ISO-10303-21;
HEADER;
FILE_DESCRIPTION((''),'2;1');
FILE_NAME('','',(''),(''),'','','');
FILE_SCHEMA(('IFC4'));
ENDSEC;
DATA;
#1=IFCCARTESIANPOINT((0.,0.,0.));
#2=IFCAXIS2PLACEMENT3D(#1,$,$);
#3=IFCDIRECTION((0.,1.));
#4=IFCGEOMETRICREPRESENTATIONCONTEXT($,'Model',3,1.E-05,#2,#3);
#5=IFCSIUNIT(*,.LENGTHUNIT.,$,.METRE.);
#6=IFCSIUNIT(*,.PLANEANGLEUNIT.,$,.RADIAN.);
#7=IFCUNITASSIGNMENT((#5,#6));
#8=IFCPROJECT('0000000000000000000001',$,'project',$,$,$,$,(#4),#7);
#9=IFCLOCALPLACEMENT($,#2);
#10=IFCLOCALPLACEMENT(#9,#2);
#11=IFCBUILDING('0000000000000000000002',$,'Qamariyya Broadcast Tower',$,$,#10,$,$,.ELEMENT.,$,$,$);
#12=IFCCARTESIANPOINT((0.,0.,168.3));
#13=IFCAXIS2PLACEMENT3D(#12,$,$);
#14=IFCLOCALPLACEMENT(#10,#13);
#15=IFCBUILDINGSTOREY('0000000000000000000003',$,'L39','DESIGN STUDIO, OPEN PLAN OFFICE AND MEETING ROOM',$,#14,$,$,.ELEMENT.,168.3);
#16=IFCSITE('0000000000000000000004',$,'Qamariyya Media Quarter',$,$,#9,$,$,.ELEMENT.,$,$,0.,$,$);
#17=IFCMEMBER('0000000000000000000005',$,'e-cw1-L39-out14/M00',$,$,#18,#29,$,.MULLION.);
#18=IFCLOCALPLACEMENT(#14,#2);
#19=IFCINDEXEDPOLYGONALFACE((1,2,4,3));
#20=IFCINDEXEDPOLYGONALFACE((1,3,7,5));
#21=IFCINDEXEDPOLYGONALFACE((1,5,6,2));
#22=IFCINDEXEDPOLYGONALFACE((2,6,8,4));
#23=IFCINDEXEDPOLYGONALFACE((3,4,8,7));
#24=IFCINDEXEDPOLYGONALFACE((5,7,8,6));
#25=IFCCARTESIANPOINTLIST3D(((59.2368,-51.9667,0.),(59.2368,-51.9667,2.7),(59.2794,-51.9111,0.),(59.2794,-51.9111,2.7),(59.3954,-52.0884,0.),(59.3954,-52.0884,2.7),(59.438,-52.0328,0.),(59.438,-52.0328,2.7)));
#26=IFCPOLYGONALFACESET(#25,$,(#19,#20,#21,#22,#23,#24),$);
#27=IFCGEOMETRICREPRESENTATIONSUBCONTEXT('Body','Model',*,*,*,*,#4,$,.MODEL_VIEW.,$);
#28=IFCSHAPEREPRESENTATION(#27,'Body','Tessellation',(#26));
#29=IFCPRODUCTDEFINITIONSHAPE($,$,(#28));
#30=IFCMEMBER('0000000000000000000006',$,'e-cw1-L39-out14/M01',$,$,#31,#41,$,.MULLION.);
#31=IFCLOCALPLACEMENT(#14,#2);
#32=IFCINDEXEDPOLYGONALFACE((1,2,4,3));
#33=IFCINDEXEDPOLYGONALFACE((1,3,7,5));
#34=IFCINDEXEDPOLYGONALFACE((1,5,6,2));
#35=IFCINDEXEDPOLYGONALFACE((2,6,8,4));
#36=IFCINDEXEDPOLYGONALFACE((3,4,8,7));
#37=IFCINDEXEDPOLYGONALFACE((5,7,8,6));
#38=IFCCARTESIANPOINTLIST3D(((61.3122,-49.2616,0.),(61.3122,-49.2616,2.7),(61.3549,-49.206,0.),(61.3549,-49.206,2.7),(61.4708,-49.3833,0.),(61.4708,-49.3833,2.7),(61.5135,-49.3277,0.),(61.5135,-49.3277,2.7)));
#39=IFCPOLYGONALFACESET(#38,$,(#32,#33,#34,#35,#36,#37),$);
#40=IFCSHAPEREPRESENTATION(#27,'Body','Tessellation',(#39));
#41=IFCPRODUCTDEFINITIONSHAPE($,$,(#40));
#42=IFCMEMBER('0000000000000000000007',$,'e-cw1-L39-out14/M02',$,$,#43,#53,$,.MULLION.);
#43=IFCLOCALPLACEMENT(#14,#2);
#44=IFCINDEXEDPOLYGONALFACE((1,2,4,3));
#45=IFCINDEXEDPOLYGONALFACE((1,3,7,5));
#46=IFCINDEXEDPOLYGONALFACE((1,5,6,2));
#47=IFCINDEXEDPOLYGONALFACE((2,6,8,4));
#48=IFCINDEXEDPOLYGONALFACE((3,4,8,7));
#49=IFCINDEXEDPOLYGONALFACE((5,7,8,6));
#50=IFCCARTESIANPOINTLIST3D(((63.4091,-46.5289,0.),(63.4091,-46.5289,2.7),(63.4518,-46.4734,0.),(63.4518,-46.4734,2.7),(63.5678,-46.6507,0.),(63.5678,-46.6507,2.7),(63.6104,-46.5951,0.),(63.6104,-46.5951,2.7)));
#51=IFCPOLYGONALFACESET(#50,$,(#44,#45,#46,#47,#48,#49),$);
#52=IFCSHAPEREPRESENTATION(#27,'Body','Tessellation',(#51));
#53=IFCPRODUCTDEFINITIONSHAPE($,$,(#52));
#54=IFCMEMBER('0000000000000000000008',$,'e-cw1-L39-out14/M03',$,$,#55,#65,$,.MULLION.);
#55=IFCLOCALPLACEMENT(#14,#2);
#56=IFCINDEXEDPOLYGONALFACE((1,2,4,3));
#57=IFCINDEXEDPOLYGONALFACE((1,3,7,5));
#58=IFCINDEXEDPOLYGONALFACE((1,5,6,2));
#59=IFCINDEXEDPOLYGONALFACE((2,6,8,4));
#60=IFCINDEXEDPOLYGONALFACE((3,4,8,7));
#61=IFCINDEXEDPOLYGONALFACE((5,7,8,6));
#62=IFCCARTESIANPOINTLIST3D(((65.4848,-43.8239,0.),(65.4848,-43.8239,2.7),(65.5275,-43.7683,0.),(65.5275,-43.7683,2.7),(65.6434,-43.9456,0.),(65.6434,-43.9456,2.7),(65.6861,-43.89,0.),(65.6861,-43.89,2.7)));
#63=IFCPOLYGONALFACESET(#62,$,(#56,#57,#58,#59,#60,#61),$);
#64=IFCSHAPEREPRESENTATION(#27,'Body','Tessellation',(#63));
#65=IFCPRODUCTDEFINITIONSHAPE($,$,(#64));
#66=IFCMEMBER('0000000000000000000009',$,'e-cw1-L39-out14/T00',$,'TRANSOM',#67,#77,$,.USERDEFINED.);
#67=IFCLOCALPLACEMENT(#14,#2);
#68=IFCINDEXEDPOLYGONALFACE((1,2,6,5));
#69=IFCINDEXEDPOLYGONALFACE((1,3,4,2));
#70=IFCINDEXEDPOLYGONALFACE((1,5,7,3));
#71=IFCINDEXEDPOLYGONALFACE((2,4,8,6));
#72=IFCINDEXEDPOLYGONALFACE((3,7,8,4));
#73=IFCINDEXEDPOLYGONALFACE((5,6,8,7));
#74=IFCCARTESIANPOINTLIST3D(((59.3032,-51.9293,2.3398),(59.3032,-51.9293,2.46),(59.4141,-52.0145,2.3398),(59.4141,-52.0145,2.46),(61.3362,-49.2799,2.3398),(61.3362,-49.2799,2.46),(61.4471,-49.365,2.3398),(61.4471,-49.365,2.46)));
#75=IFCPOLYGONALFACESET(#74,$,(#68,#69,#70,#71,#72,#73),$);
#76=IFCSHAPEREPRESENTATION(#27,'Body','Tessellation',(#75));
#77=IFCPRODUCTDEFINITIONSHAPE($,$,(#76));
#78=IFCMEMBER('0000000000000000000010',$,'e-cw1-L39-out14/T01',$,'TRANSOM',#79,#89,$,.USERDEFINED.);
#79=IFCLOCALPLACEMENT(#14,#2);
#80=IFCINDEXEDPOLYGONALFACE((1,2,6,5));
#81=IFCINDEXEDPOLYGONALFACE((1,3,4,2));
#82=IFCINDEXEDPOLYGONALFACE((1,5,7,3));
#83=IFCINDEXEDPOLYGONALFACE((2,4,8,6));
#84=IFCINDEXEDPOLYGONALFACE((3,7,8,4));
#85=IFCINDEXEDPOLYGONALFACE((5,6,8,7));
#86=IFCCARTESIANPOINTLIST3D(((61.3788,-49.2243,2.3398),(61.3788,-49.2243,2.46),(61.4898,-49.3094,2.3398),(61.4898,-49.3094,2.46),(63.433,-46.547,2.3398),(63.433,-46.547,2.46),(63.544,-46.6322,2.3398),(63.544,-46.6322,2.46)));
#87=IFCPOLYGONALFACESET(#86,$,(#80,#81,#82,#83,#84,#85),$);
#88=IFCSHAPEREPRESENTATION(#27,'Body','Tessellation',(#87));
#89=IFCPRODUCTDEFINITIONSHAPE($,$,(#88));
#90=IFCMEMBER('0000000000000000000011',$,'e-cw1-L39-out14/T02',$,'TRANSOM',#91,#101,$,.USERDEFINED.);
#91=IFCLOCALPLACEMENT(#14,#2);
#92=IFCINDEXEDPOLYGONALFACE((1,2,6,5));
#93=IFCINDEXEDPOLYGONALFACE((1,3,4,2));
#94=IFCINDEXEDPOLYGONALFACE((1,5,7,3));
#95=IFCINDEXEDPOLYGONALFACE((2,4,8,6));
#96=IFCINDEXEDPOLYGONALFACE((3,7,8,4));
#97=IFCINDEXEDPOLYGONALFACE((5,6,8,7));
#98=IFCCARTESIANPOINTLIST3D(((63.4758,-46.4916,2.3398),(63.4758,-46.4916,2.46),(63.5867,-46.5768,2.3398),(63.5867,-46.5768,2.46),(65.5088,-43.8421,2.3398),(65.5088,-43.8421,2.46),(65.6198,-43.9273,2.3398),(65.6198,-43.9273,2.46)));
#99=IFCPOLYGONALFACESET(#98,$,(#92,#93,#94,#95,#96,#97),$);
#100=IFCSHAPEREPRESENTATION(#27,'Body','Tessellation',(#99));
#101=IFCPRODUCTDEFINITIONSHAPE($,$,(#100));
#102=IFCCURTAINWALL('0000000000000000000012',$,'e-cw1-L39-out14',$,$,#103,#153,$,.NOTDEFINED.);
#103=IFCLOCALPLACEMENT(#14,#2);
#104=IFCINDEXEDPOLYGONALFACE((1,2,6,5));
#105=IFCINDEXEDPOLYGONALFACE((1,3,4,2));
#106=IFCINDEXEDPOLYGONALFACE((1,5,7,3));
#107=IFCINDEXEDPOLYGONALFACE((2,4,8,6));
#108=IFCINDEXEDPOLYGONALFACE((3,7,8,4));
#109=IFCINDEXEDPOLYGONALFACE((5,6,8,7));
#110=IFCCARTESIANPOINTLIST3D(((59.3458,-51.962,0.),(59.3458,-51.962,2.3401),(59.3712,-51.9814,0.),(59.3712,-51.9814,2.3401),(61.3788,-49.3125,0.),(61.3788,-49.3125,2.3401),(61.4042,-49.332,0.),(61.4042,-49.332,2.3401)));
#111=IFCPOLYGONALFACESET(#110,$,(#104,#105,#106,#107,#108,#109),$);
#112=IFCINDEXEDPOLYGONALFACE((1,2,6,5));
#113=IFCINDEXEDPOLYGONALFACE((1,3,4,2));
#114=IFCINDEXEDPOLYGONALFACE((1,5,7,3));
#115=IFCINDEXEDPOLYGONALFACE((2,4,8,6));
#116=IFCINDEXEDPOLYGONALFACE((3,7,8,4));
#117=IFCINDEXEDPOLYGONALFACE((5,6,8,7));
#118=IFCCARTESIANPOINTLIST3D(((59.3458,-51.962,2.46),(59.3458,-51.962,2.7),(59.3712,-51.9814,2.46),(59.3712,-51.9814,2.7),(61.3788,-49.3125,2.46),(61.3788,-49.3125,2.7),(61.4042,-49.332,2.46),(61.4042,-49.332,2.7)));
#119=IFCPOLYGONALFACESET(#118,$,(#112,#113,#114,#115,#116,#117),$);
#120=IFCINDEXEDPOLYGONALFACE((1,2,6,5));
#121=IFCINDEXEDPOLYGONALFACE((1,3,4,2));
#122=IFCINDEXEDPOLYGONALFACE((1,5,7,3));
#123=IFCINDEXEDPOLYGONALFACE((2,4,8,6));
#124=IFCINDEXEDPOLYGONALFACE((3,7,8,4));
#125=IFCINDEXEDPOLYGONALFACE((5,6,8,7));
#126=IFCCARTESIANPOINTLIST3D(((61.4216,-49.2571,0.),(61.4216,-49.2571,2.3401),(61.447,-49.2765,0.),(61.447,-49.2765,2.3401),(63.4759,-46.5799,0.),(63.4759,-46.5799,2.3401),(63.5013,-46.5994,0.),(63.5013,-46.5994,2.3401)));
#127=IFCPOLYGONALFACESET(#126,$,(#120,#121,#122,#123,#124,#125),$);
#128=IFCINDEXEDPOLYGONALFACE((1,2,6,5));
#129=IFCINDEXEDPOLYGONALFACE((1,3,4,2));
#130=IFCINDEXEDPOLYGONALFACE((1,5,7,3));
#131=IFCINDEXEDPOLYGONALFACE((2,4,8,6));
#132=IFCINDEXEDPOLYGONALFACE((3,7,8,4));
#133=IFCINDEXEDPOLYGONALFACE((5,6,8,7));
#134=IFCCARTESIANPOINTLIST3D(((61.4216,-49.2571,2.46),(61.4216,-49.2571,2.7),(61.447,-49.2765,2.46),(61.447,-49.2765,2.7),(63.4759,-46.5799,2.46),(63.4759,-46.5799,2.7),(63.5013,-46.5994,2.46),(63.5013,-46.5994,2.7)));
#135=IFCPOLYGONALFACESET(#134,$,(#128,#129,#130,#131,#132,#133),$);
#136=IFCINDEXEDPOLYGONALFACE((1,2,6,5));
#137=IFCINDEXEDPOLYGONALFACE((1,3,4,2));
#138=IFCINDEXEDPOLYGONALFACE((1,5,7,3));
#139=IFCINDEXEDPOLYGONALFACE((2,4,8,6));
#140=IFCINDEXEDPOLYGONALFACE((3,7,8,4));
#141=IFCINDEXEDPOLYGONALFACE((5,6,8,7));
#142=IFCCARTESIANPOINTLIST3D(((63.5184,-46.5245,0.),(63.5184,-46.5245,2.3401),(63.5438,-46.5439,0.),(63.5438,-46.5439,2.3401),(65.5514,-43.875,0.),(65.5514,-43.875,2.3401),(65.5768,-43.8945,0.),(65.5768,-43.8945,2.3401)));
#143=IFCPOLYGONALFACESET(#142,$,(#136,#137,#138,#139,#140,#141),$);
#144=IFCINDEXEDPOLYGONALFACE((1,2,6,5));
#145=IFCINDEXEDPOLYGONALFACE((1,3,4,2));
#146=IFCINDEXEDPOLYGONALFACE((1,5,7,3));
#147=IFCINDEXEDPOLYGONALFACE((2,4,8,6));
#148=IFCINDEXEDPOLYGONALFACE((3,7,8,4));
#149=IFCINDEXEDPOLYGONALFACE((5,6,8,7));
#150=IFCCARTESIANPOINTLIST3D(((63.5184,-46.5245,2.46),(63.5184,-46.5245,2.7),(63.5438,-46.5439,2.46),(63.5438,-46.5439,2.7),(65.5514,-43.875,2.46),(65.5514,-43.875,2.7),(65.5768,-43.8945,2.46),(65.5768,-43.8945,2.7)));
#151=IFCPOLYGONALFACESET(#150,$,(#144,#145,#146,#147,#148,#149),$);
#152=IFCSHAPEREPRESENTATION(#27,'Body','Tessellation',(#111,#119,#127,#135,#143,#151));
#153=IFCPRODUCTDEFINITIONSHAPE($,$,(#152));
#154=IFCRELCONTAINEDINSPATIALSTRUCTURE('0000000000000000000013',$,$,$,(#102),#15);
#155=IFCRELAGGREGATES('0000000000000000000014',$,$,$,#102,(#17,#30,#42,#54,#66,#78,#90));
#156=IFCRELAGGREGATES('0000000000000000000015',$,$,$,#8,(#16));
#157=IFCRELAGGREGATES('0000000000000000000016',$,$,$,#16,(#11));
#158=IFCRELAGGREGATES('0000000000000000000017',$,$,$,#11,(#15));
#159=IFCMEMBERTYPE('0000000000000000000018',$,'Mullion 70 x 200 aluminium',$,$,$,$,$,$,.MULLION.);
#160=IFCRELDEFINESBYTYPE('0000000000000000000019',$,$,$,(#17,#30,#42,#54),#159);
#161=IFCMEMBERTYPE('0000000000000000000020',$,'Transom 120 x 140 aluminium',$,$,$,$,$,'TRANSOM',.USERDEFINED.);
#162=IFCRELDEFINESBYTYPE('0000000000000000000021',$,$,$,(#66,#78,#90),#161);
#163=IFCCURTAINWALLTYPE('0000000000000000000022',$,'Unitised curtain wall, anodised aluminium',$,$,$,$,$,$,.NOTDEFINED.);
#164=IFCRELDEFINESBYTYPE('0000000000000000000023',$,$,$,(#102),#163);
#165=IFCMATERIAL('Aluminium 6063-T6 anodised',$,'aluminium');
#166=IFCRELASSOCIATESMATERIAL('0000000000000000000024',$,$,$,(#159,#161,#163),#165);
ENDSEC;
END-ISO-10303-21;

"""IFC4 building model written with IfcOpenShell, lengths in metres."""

from ifc_helpers import new_model, si_unit, direction, frame, origin, origin_2d, place, context, subcontext, project, spatial, rectangle, extrude, material, material_profile, profile_set, type_object, element, aggregate, save


model = new_model("IFC4")

# Units and contexts
model_context = context("Model", 3, precision=1e-05, world=origin(), true_north=direction((0.0, 1.0)))
body_context = subcontext(model_context, "Body", "Model", "MODEL_VIEW")
ifc_project = project(units=[si_unit("LENGTHUNIT", "METRE"), si_unit("PLANEANGLEUNIT", "RADIAN")], contexts=[model_context])

# Members
ifc_material = material(Name="Aluminium 6063-T6 anodised", Category="aluminium")
ifc_material_profile_1 = material_profile(ifc_material, rectangle(XDim=0.2, YDim=0.0701, at=origin_2d()))
ifc_profile_set_1 = profile_set([ifc_material_profile_1], Name="Aluminium 6063-T6 anodised")
member_type_1 = type_object("IfcMemberType", Name="Mullion 70 x 200 aluminium", PredefinedType="MULLION", material=ifc_profile_set_1)
site_placement = place(None, origin())
building_placement = place(site_placement, origin())
storey_placement = place(building_placement, frame((0.0, 0.0, 168.3)))
member_1_placement = place(storey_placement, frame((59.3374, -51.9998, 0.0), z_axis=(0.0, 0.0, 1.0), x_axis=(-0.793353, 0.608761, 0.0)))
member_1 = element("IfcMember", 1, at=member_1_placement, type_object=member_type_1, Name="e-cw1-L39-out14/M00", PredefinedType="MULLION", context=body_context, shape_type="SweptSolid", body=[
    extrude(rectangle(XDim=0.2, YDim=0.0701, at=origin_2d()), origin(), (0.0, 0.0, 1.0), 2.7),
])
member_2_placement = place(storey_placement, frame((61.4128, -49.2947, 0.0), z_axis=(0.0, 0.0, 1.0), x_axis=(-0.793353, 0.608761, 0.0)))
member_2 = element("IfcMember", 2, at=member_2_placement, type_object=member_type_1, Name="e-cw1-L39-out14/M01", PredefinedType="MULLION", context=body_context, shape_type="SweptSolid", body=[
    extrude(rectangle(XDim=0.2, YDim=0.0701, at=origin_2d()), origin(), (0.0, 0.0, 1.0), 2.7),
])
member_3_placement = place(storey_placement, frame((63.5098, -46.562, 0.0), z_axis=(0.0, 0.0, 1.0), x_axis=(-0.793353, 0.608761, 0.0)))
member_3 = element("IfcMember", 3, at=member_3_placement, type_object=member_type_1, Name="e-cw1-L39-out14/M02", PredefinedType="MULLION", context=body_context, shape_type="SweptSolid", body=[
    extrude(rectangle(XDim=0.2, YDim=0.0701, at=origin_2d()), origin(), (0.0, 0.0, 1.0), 2.7),
])
member_4_placement = place(storey_placement, frame((65.5854, -43.8569, 0.0), z_axis=(0.0, 0.0, 1.0), x_axis=(-0.793353, 0.608761, 0.0)))
member_4 = element("IfcMember", 4, at=member_4_placement, type_object=member_type_1, Name="e-cw1-L39-out14/M03", PredefinedType="MULLION", context=body_context, shape_type="SweptSolid", body=[
    extrude(rectangle(XDim=0.2, YDim=0.0701, at=origin_2d()), origin(), (0.0, 0.0, 1.0), 2.7),
])
ifc_material_profile_2 = material_profile(ifc_material, rectangle(XDim=0.1399, YDim=0.1201, at=origin_2d()))
ifc_profile_set_2 = profile_set([ifc_material_profile_2], Name="Aluminium 6063-T6 anodised")
member_type_2 = type_object("IfcMemberType", Name="Transom 120 x 140 aluminium", ElementType="TRANSOM", PredefinedType="USERDEFINED", material=ifc_profile_set_2)
member_5_placement = place(storey_placement, frame((59.3586, -51.9719, 2.3999), z_axis=(0.60876, 0.793354, 0.0), x_axis=(-0.793354, 0.60876, 0.0)))
member_5 = element("IfcMember", 5, at=member_5_placement, type_object=member_type_2, Name="e-cw1-L39-out14/T00", ObjectType="TRANSOM", PredefinedType="USERDEFINED", context=body_context, shape_type="SweptSolid", body=[
    extrude(rectangle(XDim=0.1399, YDim=0.1201, at=origin_2d()), origin(), (0.0, 0.0, 1.0), 3.3396),
])
member_6_placement = place(storey_placement, frame((61.4343, -49.2668, 2.3999), z_axis=(0.608738, 0.793371, 0.0), x_axis=(-0.793371, 0.608738, 0.0)))
member_6 = element("IfcMember", 6, at=member_6_placement, type_object=member_type_2, Name="e-cw1-L39-out14/T01", ObjectType="TRANSOM", PredefinedType="USERDEFINED", context=body_context, shape_type="SweptSolid", body=[
    extrude(rectangle(XDim=0.1399, YDim=0.1201, at=origin_2d()), origin(), (0.0, 0.0, 1.0), 3.3745),
])
member_7_placement = place(storey_placement, frame((63.5312, -46.5342, 2.3999), z_axis=(0.60876, 0.793354, 0.0), x_axis=(-0.793354, 0.60876, 0.0)))
member_7 = element("IfcMember", 7, at=member_7_placement, type_object=member_type_2, Name="e-cw1-L39-out14/T02", ObjectType="TRANSOM", PredefinedType="USERDEFINED", context=body_context, shape_type="SweptSolid", body=[
    extrude(rectangle(XDim=0.1399, YDim=0.1201, at=origin_2d()), origin(), (0.0, 0.0, 1.0), 3.3396),
])

# Site, building, storey
site = spatial("IfcSite", under=ifc_project, at=site_placement, Name="Qamariyya Media Quarter", CompositionType="ELEMENT", RefElevation=0.0)
building = spatial("IfcBuilding", under=site, at=building_placement, Name="Qamariyya Broadcast Tower", CompositionType="ELEMENT")
storey = spatial("IfcBuildingStorey", under=building, at=storey_placement, Name="L39", Description="DESIGN STUDIO, OPEN PLAN OFFICE AND MEETING ROOM", CompositionType="ELEMENT", Elevation=168.3)

# Curtain wall
curtain_wall_type = type_object("IfcCurtainWallType", Name="Unitised curtain wall, anodised aluminium", PredefinedType="NOTDEFINED", material=ifc_material)
curtain_wall_1_placement = place(storey_placement, origin())
curtain_wall_1 = element("IfcCurtainWall", 8, at=curtain_wall_1_placement, inside=storey, type_object=curtain_wall_type, Name="e-cw1-L39-out14", PredefinedType="NOTDEFINED", context=body_context, shape_type="SweptSolid", body=[
    extrude(rectangle(XDim=3.3396, YDim=0.032, at=origin_2d()), frame((60.375, -50.647, 0.0), x_axis=(0.608764, 0.793352, 0.0)), (0.0, 0.0, 1.0), 2.3401),
    extrude(rectangle(XDim=3.3396, YDim=0.032, at=origin_2d()), frame((60.375, -50.647, 2.46), x_axis=(0.608764, 0.793352, 0.0)), (0.0, 0.0, 1.0), 0.24),
    extrude(rectangle(XDim=3.3745, YDim=0.032, at=origin_2d()), frame((62.4614, -47.9282, 0.0), x_axis=(0.608764, 0.793352, 0.0)), (0.0, 0.0, 1.0), 2.3401),
    extrude(rectangle(XDim=3.3745, YDim=0.032, at=origin_2d()), frame((62.4614, -47.9282, 2.46), x_axis=(0.608764, 0.793352, 0.0)), (0.0, 0.0, 1.0), 0.24),
    extrude(rectangle(XDim=3.3396, YDim=0.032, at=origin_2d()), frame((64.5476, -45.2095, 0.0), x_axis=(0.608764, 0.793352, 0.0)), (0.0, 0.0, 1.0), 2.3401),
    extrude(rectangle(XDim=3.3396, YDim=0.032, at=origin_2d()), frame((64.5476, -45.2095, 2.46), x_axis=(0.608764, 0.793352, 0.0)), (0.0, 0.0, 1.0), 0.24),
])
aggregate(curtain_wall_1, [member_1, member_2, member_3, member_4, member_5, member_6, member_7])

save(model, "model.ifc")
